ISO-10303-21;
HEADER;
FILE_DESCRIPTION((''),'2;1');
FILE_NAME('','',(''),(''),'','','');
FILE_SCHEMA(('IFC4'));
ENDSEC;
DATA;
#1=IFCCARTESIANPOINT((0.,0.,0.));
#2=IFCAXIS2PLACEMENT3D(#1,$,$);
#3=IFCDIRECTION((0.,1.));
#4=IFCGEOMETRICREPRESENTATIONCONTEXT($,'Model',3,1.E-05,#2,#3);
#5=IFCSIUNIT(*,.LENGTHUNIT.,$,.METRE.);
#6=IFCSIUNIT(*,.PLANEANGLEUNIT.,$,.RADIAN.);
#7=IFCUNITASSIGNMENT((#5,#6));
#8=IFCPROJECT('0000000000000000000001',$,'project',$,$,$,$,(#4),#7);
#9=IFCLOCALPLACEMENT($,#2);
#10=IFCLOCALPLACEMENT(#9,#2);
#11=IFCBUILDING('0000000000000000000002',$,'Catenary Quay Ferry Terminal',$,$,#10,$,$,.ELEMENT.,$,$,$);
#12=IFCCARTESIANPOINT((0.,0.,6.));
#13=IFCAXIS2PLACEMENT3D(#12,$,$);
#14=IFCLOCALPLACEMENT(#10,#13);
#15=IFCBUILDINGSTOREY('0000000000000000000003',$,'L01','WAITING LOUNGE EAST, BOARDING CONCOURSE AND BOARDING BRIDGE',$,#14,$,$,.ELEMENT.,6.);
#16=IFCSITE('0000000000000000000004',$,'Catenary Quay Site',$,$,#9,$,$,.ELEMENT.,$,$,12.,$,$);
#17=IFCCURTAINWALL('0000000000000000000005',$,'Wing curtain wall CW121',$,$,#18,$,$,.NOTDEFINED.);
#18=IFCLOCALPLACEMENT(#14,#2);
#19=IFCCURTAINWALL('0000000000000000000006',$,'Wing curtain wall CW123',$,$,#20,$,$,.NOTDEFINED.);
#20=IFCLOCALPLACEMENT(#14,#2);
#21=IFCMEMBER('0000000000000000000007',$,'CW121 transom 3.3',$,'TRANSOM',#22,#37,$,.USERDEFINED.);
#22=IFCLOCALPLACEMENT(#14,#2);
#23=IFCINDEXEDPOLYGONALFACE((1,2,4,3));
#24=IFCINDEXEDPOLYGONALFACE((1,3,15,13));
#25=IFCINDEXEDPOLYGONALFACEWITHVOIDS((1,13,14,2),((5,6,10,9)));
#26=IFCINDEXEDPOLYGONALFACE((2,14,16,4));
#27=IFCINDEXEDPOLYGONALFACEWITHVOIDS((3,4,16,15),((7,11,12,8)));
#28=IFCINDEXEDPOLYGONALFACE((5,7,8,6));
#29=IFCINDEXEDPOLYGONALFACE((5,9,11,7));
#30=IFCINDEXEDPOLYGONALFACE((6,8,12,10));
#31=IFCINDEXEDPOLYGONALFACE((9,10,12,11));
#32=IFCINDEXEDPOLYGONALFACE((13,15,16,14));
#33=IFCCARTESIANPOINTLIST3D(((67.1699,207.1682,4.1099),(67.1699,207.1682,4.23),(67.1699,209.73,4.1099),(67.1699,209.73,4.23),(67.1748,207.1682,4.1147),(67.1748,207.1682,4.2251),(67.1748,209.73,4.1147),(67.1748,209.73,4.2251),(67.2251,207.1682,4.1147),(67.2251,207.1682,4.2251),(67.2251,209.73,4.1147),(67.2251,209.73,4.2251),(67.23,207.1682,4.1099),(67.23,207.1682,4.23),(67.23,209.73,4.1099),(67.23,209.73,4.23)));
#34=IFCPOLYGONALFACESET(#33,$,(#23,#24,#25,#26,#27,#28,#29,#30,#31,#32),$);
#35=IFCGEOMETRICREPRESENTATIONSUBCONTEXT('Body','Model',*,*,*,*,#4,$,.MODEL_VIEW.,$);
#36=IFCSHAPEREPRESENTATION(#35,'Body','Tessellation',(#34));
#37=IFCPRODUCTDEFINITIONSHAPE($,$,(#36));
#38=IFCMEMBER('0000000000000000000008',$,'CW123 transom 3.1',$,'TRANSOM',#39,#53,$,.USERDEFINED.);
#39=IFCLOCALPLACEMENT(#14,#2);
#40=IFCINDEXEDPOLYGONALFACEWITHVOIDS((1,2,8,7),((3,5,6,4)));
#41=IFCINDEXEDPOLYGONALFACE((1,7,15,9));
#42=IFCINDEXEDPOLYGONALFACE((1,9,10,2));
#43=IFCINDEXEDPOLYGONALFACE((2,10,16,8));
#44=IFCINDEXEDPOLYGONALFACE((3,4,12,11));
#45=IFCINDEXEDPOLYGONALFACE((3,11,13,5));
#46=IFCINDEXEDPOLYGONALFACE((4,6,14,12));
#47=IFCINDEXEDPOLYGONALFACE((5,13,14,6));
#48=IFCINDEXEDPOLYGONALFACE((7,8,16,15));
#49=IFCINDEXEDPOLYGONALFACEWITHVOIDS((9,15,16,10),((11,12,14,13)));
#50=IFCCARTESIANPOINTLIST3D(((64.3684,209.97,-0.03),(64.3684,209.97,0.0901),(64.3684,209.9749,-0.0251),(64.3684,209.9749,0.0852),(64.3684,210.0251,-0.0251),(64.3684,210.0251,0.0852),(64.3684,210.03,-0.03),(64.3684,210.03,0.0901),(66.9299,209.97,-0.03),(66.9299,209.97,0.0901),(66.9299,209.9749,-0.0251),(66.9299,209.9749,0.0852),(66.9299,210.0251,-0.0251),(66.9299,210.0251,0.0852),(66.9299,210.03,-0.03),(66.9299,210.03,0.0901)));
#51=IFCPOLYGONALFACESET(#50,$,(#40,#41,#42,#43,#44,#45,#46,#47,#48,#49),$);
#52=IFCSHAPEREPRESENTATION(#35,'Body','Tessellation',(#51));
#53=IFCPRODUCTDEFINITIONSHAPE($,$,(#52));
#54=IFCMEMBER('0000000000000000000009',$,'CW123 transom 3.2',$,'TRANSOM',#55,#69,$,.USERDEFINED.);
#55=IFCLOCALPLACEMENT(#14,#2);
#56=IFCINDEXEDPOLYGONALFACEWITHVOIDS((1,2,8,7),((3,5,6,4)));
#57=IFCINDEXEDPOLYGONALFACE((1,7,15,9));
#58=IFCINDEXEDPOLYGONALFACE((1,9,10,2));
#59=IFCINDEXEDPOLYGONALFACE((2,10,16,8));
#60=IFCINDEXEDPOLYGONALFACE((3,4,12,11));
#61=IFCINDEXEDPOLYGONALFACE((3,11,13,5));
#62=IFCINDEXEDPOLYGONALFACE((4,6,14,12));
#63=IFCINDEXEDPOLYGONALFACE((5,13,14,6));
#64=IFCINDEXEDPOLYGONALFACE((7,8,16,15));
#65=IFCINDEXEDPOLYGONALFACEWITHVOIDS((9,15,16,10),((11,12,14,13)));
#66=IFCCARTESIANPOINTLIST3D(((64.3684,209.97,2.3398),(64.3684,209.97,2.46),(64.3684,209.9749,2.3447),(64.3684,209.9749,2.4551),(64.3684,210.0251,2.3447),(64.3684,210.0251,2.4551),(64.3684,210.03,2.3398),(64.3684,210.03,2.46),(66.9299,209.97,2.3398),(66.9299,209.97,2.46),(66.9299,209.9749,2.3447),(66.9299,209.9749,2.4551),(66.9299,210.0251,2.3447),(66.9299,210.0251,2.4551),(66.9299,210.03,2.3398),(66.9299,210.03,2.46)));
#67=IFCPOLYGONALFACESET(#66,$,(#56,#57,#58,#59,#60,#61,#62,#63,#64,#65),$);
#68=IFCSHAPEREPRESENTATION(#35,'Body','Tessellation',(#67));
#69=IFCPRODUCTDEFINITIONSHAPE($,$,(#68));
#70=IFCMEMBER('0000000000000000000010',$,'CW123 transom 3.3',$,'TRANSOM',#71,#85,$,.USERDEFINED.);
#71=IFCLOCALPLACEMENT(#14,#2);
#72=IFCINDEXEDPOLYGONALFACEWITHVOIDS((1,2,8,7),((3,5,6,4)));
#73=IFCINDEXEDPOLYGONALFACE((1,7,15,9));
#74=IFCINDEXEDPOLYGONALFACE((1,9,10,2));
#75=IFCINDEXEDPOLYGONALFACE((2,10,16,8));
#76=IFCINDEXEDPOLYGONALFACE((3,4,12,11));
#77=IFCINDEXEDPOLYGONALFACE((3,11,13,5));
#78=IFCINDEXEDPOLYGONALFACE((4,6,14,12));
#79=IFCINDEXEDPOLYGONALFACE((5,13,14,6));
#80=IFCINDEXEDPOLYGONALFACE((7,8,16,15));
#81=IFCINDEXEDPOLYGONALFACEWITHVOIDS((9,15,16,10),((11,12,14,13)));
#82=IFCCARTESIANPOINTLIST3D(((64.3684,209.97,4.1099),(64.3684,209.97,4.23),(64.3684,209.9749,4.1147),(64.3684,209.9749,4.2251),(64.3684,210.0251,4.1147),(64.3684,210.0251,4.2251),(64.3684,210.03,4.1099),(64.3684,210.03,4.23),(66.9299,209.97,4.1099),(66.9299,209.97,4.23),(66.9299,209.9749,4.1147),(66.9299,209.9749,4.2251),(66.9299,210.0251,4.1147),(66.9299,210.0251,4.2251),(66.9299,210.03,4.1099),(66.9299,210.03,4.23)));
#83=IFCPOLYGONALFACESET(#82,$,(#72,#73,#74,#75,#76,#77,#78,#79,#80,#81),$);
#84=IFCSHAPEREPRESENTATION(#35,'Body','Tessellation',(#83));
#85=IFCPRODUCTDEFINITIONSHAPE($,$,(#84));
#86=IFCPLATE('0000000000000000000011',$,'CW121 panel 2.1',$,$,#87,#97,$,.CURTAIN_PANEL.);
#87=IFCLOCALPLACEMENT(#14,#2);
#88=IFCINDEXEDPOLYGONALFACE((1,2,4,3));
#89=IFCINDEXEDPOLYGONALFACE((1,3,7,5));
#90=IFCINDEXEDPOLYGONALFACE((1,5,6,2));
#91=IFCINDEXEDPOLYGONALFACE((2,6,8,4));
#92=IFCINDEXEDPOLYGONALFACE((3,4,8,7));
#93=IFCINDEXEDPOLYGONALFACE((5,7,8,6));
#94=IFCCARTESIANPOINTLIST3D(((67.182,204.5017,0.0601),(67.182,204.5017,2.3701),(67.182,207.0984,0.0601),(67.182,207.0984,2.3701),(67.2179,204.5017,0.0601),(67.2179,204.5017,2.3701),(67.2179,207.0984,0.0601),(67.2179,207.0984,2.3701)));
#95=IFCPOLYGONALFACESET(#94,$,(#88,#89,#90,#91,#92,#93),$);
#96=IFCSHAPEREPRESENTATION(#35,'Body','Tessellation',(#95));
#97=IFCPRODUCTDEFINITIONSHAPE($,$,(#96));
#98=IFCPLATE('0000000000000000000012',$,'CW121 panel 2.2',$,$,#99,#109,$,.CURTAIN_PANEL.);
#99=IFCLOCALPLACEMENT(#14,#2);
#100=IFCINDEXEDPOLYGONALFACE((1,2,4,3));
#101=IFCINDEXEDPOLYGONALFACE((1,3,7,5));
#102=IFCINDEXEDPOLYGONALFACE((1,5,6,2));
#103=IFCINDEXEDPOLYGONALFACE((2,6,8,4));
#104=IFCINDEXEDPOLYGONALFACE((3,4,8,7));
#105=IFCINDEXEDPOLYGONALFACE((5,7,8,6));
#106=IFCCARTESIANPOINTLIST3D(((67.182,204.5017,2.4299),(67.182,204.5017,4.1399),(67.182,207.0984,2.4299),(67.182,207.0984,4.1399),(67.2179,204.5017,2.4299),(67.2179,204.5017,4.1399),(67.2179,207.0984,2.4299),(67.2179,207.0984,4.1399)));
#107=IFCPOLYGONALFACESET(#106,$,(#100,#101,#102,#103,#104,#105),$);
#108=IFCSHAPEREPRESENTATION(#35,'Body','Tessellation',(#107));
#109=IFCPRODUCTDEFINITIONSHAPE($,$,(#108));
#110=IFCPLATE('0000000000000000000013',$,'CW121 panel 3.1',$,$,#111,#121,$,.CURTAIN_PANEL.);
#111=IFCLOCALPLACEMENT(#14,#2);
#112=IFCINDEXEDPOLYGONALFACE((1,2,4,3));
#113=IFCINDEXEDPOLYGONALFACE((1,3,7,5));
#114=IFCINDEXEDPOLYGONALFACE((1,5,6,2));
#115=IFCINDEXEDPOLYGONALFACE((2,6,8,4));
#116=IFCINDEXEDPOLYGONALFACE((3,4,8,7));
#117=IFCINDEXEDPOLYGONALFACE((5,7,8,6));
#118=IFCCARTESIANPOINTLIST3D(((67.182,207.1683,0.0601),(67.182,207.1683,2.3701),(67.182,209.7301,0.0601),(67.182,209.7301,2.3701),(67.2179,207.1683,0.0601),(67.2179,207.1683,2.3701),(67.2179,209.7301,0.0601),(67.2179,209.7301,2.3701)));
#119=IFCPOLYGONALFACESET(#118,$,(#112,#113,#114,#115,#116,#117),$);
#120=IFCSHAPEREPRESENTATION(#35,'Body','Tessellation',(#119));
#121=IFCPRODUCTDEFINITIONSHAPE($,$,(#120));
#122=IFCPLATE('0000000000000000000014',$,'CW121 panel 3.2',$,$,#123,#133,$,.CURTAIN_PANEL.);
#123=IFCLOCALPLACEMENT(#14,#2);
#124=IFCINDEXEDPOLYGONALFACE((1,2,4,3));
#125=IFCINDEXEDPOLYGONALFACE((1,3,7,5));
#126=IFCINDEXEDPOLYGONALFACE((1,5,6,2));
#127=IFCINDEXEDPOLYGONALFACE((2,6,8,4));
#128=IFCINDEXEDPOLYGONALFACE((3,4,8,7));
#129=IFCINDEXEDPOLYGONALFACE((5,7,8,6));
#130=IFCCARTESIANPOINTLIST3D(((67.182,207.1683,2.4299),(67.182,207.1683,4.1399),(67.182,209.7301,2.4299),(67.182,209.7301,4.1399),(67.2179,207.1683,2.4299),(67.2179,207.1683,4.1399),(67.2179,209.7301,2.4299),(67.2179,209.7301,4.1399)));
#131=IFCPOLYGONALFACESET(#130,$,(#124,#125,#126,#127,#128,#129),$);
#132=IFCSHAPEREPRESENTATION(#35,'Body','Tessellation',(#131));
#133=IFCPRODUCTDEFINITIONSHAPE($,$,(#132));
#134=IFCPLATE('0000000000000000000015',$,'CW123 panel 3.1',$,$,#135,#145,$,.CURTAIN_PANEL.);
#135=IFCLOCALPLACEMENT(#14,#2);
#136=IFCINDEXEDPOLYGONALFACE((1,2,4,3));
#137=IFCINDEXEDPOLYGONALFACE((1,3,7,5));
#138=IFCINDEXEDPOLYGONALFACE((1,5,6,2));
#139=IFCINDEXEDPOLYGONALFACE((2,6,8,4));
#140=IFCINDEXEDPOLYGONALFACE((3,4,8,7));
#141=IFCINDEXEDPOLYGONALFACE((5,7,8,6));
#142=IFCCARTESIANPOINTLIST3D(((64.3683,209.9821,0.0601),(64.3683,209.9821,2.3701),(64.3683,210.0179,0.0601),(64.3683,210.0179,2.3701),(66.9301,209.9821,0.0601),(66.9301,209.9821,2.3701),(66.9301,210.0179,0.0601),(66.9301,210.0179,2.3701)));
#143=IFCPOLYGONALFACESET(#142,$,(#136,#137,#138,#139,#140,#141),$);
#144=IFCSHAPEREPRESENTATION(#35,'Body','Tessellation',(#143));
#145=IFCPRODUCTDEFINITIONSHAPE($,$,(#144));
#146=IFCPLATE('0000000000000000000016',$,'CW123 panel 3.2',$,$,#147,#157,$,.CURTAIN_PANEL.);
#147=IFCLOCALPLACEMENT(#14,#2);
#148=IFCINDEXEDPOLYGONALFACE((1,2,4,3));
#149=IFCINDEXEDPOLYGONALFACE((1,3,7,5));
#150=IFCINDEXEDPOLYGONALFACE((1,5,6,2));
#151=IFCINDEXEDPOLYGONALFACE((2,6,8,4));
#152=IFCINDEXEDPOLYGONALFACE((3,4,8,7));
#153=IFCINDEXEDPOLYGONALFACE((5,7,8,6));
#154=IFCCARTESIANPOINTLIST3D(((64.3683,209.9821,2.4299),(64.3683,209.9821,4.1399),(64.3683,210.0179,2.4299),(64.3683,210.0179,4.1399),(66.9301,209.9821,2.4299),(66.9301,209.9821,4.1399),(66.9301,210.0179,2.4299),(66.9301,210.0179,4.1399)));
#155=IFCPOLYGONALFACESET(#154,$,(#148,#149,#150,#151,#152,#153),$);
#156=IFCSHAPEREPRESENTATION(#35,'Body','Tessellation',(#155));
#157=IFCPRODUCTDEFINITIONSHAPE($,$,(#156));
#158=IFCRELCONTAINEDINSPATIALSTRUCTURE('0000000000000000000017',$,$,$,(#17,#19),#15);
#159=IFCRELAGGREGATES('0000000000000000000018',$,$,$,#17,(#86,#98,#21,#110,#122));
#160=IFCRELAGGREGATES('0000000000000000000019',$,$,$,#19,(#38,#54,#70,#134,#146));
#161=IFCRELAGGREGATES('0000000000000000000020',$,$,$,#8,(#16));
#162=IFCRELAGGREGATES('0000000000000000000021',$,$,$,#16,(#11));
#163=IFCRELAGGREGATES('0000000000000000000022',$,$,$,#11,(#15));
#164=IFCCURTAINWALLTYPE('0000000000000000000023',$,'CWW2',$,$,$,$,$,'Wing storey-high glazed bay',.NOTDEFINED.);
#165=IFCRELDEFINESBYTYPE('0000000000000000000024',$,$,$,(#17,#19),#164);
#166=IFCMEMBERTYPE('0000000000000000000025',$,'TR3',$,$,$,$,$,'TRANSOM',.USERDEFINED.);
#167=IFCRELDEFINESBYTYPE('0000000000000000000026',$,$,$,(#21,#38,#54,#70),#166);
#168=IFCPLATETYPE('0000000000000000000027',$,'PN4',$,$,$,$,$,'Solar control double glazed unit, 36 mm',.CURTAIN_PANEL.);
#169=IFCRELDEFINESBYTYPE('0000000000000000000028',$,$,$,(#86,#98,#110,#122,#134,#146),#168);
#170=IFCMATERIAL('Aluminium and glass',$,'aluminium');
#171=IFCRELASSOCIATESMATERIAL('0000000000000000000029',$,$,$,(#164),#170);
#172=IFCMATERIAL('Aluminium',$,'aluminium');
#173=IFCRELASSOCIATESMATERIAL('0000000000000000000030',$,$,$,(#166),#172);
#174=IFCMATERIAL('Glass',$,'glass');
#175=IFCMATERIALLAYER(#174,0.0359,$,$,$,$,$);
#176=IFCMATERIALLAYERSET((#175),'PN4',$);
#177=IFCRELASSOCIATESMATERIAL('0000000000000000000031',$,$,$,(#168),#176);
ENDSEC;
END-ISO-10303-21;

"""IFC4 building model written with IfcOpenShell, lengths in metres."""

from ifc_helpers import new_model, si_unit, direction, frame, origin, origin_2d, place, context, subcontext, project, spatial, rectangle, hollow_rectangle, extrude, material, layer, layer_set, material_profile, profile_set, type_object, element, aggregate, save


model = new_model("IFC4")

# Units and contexts
model_context = context("Model", 3, precision=1e-05, world=origin(), true_north=direction((0.0, 1.0)))
body_context = subcontext(model_context, "Body", "Model", "MODEL_VIEW")
ifc_project = project(units=[si_unit("LENGTHUNIT", "METRE"), si_unit("PLANEANGLEUNIT", "RADIAN")], contexts=[model_context])

# Site, building, storey
site_placement = place(None, origin())
site = spatial("IfcSite", under=ifc_project, at=site_placement, Name="Catenary Quay Site", CompositionType="ELEMENT", RefElevation=12.0)
building_placement = place(site_placement, origin())
building = spatial("IfcBuilding", under=site, at=building_placement, Name="Catenary Quay Ferry Terminal", CompositionType="ELEMENT")
storey_placement = place(building_placement, frame((0.0, 0.0, 6.0)))
storey = spatial("IfcBuildingStorey", under=building, at=storey_placement, Name="L01", Description="WAITING LOUNGE EAST, BOARDING CONCOURSE AND BOARDING BRIDGE", CompositionType="ELEMENT", Elevation=6.0)

# Curtain wall
ifc_material_1 = material(Name="Aluminium and glass", Category="aluminium")
curtain_wall_type = type_object("IfcCurtainWallType", Name="CWW2", ElementType="Wing storey-high glazed bay", PredefinedType="NOTDEFINED", material=ifc_material_1)
curtain_wall_1_placement = place(storey_placement, origin())
curtain_wall_1 = element("IfcCurtainWall", 1, at=curtain_wall_1_placement, inside=storey, type_object=curtain_wall_type, Name="Wing curtain wall CW121", PredefinedType="NOTDEFINED")

# Curtain wall
curtain_wall_2_placement = place(storey_placement, origin())
curtain_wall_2 = element("IfcCurtainWall", 2, at=curtain_wall_2_placement, inside=storey, type_object=curtain_wall_type, Name="Wing curtain wall CW123", PredefinedType="NOTDEFINED")

# Members
ifc_material_2 = material(Name="Aluminium", Category="aluminium")
ifc_material_profile_1 = material_profile(ifc_material_2, hollow_rectangle(XDim=0.0601, YDim=0.1201, WallThickness=0.0049, at=origin_2d()), Name="TR3")
ifc_profile_set_1 = profile_set([ifc_material_profile_1], Name="Aluminium")
member_type_1 = type_object("IfcMemberType", Name="TR3", ElementType="TRANSOM", PredefinedType="USERDEFINED", material=ifc_profile_set_1)
member_1_placement = place(storey_placement, frame((67.2, 207.1682, 4.1699), z_axis=(0.0, 1.0, 0.0), x_axis=(-1.0, 0.0, 0.0)))
member_1 = element("IfcMember", 3, at=member_1_placement, type_object=member_type_1, Name="CW121 transom 3.3", ObjectType="TRANSOM", PredefinedType="USERDEFINED", context=body_context, shape_type="SweptSolid", body=[
    extrude(hollow_rectangle(XDim=0.0601, YDim=0.1201, WallThickness=0.0049, at=origin_2d()), origin(), (0.0, 0.0, 1.0), 2.5618),
])
member_2_placement = place(storey_placement, frame((64.3684, 210.0, 0.03), z_axis=(1.0, 0.0, 0.0), x_axis=(0.0, 1.0, 0.0)))
member_2 = element("IfcMember", 4, at=member_2_placement, type_object=member_type_1, Name="CW123 transom 3.1", ObjectType="TRANSOM", PredefinedType="USERDEFINED", context=body_context, shape_type="SweptSolid", body=[
    extrude(hollow_rectangle(XDim=0.0601, YDim=0.1201, WallThickness=0.0049, at=origin_2d()), origin(), (0.0, 0.0, 1.0), 2.5615),
])
member_3_placement = place(storey_placement, frame((64.3684, 210.0, 2.3999), z_axis=(1.0, 0.0, 0.0), x_axis=(0.0, 1.0, 0.0)))
member_3 = element("IfcMember", 5, at=member_3_placement, type_object=member_type_1, Name="CW123 transom 3.2", ObjectType="TRANSOM", PredefinedType="USERDEFINED", context=body_context, shape_type="SweptSolid", body=[
    extrude(hollow_rectangle(XDim=0.0601, YDim=0.1201, WallThickness=0.0049, at=origin_2d()), origin(), (0.0, 0.0, 1.0), 2.5615),
])
member_4_placement = place(storey_placement, frame((64.3684, 210.0, 4.1699), z_axis=(1.0, 0.0, 0.0), x_axis=(0.0, 1.0, 0.0)))
member_4 = element("IfcMember", 6, at=member_4_placement, type_object=member_type_1, Name="CW123 transom 3.3", ObjectType="TRANSOM", PredefinedType="USERDEFINED", context=body_context, shape_type="SweptSolid", body=[
    extrude(hollow_rectangle(XDim=0.0601, YDim=0.1201, WallThickness=0.0049, at=origin_2d()), origin(), (0.0, 0.0, 1.0), 2.5615),
])

# Plates
ifc_material_3 = material(Name="Glass", Category="glass")
ifc_layer_1 = layer(ifc_material_3, 0.0359)
ifc_layer_set_1 = layer_set([ifc_layer_1], Name="PN4")
plate_type = type_object("IfcPlateType", Name="PN4", ElementType="Solar control double glazed unit, 36 mm", PredefinedType="CURTAIN_PANEL", material=ifc_layer_set_1)
plate_1_placement = place(storey_placement, frame((67.2, 205.8, 0.0601), z_axis=(0.0, 0.0, 1.0), x_axis=(0.0, 1.0, 0.0)))
plate_1 = element("IfcPlate", 7, at=plate_1_placement, type_object=plate_type, Name="CW121 panel 2.1", PredefinedType="CURTAIN_PANEL", context=body_context, shape_type="SweptSolid", body=[
    extrude(rectangle(XDim=2.5967, YDim=0.0359, at=origin_2d()), origin(), (0.0, 0.0, 1.0), 2.3101),
])
plate_2_placement = place(storey_placement, frame((67.2, 205.8, 2.4299), z_axis=(0.0, 0.0, 1.0), x_axis=(0.0, 1.0, 0.0)))
plate_2 = element("IfcPlate", 8, at=plate_2_placement, type_object=plate_type, Name="CW121 panel 2.2", PredefinedType="CURTAIN_PANEL", context=body_context, shape_type="SweptSolid", body=[
    extrude(rectangle(XDim=2.5967, YDim=0.0359, at=origin_2d()), origin(), (0.0, 0.0, 1.0), 1.71),
])
plate_3_placement = place(storey_placement, frame((67.2, 208.4492, 0.0601), z_axis=(0.0, 0.0, 1.0), x_axis=(0.0, 1.0, 0.0)))
plate_3 = element("IfcPlate", 9, at=plate_3_placement, type_object=plate_type, Name="CW121 panel 3.1", PredefinedType="CURTAIN_PANEL", context=body_context, shape_type="SweptSolid", body=[
    extrude(rectangle(XDim=2.5618, YDim=0.0359, at=origin_2d()), origin(), (0.0, 0.0, 1.0), 2.3101),
])
plate_4_placement = place(storey_placement, frame((67.2, 208.4492, 2.4299), z_axis=(0.0, 0.0, 1.0), x_axis=(0.0, 1.0, 0.0)))
plate_4 = element("IfcPlate", 10, at=plate_4_placement, type_object=plate_type, Name="CW121 panel 3.2", PredefinedType="CURTAIN_PANEL", context=body_context, shape_type="SweptSolid", body=[
    extrude(rectangle(XDim=2.5618, YDim=0.0359, at=origin_2d()), origin(), (0.0, 0.0, 1.0), 1.71),
])
aggregate(curtain_wall_1, [plate_1, plate_2, member_1, plate_3, plate_4])
plate_5_placement = place(storey_placement, frame((65.6492, 210.0, 0.0601), z_axis=(0.0, 0.0, 1.0), x_axis=(1.0, 0.0, 0.0)))
plate_5 = element("IfcPlate", 11, at=plate_5_placement, type_object=plate_type, Name="CW123 panel 3.1", PredefinedType="CURTAIN_PANEL", context=body_context, shape_type="SweptSolid", body=[
    extrude(rectangle(XDim=2.5618, YDim=0.0359, at=origin_2d()), origin(), (0.0, 0.0, 1.0), 2.3101),
])
plate_6_placement = place(storey_placement, frame((65.6492, 210.0, 2.4299), z_axis=(0.0, 0.0, 1.0), x_axis=(1.0, 0.0, 0.0)))
plate_6 = element("IfcPlate", 12, at=plate_6_placement, type_object=plate_type, Name="CW123 panel 3.2", PredefinedType="CURTAIN_PANEL", context=body_context, shape_type="SweptSolid", body=[
    extrude(rectangle(XDim=2.5618, YDim=0.0359, at=origin_2d()), origin(), (0.0, 0.0, 1.0), 1.71),
])
aggregate(curtain_wall_2, [member_2, member_3, member_4, plate_5, plate_6])

save(model, "model.ifc")
